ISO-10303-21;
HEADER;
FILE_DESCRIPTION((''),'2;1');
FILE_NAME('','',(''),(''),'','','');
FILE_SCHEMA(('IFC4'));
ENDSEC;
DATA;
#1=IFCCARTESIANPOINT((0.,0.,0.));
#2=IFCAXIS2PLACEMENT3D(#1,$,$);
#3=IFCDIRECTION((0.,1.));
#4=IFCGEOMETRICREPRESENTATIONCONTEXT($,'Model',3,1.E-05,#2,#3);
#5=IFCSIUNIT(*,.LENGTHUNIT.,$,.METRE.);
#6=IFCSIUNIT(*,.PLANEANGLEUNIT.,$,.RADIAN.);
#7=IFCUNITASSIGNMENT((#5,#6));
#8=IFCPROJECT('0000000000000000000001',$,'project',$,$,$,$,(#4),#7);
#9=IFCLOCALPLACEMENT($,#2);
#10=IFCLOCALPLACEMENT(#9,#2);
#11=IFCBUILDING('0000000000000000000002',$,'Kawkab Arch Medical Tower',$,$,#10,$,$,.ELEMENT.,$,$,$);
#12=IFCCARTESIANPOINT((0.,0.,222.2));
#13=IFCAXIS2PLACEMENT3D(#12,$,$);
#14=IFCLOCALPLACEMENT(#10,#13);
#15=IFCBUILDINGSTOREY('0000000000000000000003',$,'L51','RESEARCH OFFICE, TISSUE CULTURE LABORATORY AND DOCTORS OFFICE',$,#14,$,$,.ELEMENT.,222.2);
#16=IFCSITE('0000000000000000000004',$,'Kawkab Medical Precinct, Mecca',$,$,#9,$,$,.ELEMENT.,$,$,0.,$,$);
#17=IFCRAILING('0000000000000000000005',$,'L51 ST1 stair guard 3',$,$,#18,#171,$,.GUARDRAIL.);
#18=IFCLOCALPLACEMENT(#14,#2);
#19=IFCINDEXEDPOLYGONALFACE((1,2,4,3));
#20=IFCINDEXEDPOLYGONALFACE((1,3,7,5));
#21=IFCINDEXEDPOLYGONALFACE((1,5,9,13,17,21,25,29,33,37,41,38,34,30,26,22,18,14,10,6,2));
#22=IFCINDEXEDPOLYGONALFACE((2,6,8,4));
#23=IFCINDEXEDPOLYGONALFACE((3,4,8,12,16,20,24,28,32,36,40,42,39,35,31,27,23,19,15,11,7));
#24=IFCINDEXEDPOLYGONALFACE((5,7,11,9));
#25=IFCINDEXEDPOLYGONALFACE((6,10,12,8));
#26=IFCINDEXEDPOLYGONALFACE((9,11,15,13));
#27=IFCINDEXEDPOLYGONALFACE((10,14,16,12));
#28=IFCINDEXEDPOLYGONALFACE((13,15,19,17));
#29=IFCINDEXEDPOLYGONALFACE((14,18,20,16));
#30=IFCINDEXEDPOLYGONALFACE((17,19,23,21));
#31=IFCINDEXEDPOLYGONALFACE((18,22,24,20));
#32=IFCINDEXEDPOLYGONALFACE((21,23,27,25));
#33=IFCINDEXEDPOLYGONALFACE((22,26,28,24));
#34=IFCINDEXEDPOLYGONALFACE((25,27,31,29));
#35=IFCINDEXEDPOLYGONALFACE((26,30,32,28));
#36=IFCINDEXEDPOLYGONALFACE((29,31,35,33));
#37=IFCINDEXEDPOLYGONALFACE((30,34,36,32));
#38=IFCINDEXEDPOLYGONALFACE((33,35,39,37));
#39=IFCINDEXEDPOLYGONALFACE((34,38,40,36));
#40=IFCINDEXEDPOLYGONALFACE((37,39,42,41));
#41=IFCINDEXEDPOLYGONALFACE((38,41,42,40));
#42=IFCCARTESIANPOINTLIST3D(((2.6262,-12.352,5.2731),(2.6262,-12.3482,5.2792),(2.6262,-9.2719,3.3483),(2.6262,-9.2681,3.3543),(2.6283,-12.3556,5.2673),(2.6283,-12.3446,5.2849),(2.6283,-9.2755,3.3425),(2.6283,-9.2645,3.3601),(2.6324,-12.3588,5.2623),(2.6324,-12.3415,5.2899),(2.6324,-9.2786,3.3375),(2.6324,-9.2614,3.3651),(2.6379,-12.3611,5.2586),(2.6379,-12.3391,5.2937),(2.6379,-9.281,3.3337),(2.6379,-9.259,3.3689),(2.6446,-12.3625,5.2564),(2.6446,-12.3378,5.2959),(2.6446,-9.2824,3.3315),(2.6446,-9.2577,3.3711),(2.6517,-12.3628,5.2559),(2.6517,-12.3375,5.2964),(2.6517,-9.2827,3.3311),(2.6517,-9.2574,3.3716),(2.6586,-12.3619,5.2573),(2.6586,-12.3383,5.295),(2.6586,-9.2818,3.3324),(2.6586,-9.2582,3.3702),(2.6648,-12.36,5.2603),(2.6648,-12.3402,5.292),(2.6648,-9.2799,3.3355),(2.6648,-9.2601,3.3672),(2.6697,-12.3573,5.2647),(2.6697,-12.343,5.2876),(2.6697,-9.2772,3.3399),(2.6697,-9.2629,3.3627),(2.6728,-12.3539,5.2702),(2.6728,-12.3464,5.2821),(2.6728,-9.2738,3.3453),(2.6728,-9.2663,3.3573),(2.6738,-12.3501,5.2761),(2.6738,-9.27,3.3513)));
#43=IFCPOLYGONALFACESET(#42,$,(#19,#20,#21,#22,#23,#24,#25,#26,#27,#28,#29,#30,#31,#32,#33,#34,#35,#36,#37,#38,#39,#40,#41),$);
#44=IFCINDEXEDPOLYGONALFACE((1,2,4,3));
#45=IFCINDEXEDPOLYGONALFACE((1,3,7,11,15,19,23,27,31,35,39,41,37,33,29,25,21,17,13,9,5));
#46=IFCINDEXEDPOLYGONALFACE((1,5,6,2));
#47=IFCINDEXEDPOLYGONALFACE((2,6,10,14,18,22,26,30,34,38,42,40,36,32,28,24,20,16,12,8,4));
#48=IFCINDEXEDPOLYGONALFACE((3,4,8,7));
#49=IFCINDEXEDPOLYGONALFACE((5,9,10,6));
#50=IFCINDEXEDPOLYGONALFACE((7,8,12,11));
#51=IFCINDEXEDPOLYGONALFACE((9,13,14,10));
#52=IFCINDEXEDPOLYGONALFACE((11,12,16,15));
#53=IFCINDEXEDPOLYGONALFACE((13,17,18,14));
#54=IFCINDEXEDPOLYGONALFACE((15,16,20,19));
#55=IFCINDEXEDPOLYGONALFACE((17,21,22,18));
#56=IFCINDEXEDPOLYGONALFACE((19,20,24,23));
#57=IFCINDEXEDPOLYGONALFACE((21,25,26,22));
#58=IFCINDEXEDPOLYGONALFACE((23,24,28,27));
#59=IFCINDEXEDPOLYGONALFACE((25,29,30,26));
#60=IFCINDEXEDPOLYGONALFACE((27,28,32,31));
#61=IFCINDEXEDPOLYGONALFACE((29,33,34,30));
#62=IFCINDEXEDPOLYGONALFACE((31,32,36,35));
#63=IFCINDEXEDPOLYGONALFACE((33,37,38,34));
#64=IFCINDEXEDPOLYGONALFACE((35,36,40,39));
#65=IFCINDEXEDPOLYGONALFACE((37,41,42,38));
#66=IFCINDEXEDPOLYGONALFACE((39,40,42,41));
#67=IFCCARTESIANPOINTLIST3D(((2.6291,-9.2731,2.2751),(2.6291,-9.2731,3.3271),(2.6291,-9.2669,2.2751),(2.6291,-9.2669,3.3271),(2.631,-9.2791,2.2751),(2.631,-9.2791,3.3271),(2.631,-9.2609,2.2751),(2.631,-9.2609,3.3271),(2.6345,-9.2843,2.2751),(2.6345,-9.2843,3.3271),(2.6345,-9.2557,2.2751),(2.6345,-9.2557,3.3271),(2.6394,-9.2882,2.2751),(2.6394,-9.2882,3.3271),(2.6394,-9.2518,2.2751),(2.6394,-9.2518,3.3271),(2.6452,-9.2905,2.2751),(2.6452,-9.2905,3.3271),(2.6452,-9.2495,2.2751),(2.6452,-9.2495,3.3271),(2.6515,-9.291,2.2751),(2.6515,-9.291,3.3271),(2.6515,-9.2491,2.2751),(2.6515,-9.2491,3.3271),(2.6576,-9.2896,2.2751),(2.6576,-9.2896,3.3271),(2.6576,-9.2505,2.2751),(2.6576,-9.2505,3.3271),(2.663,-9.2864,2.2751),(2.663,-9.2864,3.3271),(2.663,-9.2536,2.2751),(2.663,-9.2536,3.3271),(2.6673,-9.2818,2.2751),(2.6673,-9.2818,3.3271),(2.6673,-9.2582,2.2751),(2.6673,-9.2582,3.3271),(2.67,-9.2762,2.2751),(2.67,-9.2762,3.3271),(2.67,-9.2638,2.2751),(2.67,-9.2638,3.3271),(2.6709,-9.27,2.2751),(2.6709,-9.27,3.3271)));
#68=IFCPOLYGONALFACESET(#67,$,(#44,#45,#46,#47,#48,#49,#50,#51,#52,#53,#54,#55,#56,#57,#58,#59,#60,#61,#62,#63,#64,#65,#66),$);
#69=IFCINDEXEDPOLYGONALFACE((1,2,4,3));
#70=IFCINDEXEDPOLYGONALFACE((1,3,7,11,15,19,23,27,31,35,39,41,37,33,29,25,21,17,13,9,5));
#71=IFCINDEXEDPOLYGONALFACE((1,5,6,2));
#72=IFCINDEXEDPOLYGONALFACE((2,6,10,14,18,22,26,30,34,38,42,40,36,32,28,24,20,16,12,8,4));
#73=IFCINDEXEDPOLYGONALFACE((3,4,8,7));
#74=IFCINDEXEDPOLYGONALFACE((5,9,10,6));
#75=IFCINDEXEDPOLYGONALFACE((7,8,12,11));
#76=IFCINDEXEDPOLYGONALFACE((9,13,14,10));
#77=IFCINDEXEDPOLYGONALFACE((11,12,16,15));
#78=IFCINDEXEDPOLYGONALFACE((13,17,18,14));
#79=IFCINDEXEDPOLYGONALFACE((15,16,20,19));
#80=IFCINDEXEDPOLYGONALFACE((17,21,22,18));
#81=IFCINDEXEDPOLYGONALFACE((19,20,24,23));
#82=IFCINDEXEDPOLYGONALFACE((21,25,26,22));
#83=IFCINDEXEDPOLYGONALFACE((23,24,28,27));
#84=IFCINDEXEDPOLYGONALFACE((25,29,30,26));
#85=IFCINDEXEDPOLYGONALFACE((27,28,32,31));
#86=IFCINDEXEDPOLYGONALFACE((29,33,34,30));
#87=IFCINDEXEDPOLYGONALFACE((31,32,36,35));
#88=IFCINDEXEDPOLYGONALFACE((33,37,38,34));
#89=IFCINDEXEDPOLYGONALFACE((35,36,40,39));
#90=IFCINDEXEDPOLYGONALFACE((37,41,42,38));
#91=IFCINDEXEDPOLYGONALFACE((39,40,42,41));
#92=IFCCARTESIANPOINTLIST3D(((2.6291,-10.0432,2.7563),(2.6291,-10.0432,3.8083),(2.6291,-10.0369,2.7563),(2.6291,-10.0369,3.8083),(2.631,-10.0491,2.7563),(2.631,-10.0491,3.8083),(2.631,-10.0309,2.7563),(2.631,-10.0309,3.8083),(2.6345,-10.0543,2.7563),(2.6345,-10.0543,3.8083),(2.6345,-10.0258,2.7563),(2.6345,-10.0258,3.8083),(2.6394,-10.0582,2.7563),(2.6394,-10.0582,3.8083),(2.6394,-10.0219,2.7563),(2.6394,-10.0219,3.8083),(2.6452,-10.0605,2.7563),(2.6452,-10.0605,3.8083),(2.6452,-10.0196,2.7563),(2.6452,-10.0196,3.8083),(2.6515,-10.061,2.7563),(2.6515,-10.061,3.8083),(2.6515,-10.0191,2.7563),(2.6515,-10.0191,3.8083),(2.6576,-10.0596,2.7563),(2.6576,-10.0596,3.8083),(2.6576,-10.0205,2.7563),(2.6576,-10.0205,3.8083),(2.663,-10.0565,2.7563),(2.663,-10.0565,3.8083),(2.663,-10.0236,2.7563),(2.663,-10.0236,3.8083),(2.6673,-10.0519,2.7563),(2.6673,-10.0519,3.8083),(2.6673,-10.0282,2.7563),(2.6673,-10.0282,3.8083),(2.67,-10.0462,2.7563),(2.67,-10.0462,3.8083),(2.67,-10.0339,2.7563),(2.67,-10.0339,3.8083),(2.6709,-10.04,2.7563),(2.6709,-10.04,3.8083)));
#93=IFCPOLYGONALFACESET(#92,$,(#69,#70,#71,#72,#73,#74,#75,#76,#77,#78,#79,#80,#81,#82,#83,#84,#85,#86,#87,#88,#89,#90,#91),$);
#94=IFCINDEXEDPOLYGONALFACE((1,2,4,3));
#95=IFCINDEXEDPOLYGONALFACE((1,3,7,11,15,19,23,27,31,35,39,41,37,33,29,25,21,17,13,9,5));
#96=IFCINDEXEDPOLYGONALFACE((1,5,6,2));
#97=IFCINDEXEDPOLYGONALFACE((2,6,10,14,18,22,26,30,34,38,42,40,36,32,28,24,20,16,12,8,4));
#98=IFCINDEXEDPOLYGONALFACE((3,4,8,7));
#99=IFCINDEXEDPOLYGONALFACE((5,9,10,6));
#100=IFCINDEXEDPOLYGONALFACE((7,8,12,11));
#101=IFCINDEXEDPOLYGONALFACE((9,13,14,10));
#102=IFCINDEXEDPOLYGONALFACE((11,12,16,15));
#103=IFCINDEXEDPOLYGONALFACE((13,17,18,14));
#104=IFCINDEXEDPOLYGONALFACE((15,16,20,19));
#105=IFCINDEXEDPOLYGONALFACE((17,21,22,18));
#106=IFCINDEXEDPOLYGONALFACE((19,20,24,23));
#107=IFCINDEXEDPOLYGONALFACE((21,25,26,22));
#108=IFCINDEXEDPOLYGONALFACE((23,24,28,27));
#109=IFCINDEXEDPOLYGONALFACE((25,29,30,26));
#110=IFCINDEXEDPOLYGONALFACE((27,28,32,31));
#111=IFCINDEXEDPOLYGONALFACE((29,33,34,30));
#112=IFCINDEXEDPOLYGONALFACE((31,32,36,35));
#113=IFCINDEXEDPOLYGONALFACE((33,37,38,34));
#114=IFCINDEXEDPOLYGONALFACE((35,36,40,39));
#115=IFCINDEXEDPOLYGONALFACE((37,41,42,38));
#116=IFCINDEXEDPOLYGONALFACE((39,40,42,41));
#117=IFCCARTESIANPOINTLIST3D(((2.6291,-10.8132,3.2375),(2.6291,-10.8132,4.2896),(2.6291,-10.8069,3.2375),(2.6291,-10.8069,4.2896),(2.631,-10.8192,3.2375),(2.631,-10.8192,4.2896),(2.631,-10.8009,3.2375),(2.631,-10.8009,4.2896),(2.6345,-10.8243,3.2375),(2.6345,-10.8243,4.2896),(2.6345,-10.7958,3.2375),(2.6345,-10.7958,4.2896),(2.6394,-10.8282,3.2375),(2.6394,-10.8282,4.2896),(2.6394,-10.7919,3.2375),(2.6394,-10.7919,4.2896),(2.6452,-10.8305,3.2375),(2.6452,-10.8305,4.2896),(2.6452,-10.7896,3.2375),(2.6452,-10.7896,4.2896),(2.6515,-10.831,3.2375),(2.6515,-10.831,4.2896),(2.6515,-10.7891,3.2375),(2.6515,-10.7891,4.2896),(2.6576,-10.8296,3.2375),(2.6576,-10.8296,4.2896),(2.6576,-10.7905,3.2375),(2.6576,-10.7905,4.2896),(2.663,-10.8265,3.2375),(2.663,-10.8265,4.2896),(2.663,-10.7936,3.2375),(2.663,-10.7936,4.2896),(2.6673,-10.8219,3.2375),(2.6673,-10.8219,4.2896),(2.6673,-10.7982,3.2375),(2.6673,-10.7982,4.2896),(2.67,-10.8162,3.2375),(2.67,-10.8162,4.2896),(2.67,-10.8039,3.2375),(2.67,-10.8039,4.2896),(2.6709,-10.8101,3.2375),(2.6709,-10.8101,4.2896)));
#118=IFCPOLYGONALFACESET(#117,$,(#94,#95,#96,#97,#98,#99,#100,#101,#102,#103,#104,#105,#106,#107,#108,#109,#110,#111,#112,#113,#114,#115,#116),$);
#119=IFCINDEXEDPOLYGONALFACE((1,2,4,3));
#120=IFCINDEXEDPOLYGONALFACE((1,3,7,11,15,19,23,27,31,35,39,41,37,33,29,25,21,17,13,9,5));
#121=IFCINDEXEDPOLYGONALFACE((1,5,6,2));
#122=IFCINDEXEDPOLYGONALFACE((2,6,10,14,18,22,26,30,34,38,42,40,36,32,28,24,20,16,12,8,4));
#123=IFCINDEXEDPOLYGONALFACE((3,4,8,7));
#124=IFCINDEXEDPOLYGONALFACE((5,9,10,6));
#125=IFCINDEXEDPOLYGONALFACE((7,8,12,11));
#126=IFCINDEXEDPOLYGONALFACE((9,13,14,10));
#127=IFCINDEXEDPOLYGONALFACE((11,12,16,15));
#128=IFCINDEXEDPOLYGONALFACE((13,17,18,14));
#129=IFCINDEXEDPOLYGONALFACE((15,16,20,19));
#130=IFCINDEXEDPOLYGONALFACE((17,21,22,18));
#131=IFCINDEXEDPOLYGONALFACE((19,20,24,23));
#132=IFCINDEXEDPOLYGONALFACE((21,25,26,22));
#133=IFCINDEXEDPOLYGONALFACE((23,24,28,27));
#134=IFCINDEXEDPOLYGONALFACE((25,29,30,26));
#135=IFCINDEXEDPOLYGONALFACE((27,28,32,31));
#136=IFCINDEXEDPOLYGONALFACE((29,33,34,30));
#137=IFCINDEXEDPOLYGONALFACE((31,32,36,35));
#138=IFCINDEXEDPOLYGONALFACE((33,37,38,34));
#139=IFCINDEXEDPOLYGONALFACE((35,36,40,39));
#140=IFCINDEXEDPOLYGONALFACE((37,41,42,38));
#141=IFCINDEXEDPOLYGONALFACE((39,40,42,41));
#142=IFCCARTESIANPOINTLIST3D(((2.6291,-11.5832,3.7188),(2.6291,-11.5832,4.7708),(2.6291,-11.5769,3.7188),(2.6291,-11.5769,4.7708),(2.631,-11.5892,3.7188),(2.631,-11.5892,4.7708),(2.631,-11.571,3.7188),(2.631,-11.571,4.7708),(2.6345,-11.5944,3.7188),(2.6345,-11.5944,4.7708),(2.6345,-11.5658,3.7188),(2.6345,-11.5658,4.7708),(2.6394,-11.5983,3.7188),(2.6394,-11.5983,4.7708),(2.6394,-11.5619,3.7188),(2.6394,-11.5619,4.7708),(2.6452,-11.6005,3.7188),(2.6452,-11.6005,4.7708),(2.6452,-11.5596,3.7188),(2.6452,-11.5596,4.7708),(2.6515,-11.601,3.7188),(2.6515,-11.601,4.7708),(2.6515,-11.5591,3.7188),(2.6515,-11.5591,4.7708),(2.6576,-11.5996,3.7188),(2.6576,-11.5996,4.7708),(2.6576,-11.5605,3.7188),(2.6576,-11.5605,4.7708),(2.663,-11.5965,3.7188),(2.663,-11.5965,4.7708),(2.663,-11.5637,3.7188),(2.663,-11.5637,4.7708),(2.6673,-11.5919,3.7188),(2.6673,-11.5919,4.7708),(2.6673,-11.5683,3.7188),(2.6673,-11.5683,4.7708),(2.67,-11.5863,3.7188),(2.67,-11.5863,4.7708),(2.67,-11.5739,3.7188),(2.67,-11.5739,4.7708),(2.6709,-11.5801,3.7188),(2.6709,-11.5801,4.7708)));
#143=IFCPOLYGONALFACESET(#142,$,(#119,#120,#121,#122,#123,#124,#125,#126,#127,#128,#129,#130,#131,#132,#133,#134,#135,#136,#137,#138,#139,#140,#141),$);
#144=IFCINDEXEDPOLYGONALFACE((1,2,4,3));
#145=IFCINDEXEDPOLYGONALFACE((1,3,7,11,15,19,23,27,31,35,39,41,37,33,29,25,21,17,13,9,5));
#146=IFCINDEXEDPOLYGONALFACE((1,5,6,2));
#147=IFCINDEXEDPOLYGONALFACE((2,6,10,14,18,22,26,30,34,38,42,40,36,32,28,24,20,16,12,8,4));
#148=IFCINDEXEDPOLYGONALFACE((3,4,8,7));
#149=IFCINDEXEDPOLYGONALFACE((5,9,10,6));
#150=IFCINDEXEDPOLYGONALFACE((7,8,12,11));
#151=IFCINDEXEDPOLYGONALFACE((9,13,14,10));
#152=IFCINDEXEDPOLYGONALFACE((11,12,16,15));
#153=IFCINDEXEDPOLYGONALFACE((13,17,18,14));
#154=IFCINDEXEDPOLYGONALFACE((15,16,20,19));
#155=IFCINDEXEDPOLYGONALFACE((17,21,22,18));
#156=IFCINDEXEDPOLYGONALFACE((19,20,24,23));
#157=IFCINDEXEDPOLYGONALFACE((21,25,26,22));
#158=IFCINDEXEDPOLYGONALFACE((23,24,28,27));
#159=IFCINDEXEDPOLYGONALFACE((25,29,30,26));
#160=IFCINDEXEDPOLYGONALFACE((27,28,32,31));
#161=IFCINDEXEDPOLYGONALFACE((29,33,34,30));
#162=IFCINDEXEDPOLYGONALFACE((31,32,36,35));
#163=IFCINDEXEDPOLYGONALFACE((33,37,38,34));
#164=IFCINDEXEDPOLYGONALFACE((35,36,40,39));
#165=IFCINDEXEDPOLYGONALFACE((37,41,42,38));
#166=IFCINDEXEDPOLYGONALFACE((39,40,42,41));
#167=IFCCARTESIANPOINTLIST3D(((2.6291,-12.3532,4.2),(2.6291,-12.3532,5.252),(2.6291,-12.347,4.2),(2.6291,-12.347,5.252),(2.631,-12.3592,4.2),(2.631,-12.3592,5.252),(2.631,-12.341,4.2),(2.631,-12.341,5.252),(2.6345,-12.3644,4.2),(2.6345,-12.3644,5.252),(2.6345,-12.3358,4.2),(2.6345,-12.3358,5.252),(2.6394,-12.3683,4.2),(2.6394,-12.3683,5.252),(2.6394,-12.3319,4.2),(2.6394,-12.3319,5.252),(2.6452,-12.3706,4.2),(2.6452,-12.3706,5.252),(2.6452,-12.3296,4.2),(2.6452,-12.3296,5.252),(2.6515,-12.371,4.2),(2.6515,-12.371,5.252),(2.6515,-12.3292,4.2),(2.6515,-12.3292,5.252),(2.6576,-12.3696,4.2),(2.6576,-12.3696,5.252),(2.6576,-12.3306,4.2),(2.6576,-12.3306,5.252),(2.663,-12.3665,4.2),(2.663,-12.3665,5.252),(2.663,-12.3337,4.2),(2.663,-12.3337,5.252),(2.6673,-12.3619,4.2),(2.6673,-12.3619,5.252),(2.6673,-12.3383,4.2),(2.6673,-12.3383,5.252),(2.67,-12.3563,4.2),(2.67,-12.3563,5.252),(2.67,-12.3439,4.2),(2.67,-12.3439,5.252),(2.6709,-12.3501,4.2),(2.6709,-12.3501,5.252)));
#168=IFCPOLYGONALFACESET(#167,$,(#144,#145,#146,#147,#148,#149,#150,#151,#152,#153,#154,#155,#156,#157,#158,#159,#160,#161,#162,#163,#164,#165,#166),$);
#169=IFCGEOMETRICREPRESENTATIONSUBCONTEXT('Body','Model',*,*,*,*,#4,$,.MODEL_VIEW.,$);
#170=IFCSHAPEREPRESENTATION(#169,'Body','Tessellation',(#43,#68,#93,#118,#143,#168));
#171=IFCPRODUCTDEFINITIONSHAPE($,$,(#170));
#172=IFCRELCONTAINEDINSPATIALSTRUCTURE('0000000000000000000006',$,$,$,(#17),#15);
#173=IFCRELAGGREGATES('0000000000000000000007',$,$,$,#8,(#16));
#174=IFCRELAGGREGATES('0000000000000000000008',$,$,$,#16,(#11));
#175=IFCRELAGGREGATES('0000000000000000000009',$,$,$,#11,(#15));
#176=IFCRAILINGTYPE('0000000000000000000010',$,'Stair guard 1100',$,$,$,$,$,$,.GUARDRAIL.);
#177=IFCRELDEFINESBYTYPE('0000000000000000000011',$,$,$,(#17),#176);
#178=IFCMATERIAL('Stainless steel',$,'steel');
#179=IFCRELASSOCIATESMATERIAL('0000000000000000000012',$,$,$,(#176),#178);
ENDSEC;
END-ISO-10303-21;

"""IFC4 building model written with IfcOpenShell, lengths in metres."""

from ifc_helpers import new_model, si_unit, direction, frame, origin, origin_2d, place, context, subcontext, project, spatial, circle, extrude, material, type_object, element, save


model = new_model("IFC4")

# Units and contexts
model_context = context("Model", 3, precision=1e-05, world=origin(), true_north=direction((0.0, 1.0)))
body_context = subcontext(model_context, "Body", "Model", "MODEL_VIEW")
ifc_project = project(units=[si_unit("LENGTHUNIT", "METRE"), si_unit("PLANEANGLEUNIT", "RADIAN")], contexts=[model_context])

# Site, building, storey
site_placement = place(None, origin())
site = spatial("IfcSite", under=ifc_project, at=site_placement, Name="Kawkab Medical Precinct, Mecca", CompositionType="ELEMENT", RefElevation=0.0)
building_placement = place(site_placement, origin())
building = spatial("IfcBuilding", under=site, at=building_placement, Name="Kawkab Arch Medical Tower", CompositionType="ELEMENT")
storey_placement = place(building_placement, frame((0.0, 0.0, 222.2)))
storey = spatial("IfcBuildingStorey", under=building, at=storey_placement, Name="L51", Description="RESEARCH OFFICE, TISSUE CULTURE LABORATORY AND DOCTORS OFFICE", CompositionType="ELEMENT", Elevation=222.2)

# Railing
ifc_material_1 = material(Name="Stainless steel", Category="steel")
railing_type_1 = type_object("IfcRailingType", Name="Stair guard 1100", PredefinedType="GUARDRAIL", material=ifc_material_1)
railing_1_placement = place(storey_placement, frame((2.6499, -9.27, 2.2751)))
element("IfcRailing", 1, at=railing_1_placement, inside=storey, type_object=railing_type_1, Name="L51 ST1 stair guard 3", PredefinedType="GUARDRAIL", context=body_context, shape_type="SweptSolid", body=[
    extrude(circle(Radius=0.0239, at=origin_2d()), frame((0.0, 0.0, 1.0762), z_axis=(0.0, -0.848029, 0.529951), x_axis=(1.0, 0.0, 0.0)), (0.0, 0.0, 1.0), 3.6321),
    extrude(circle(Radius=0.021, at=origin_2d()), origin(), (0.0, 0.0, 1.0), 1.052),
    extrude(circle(Radius=0.021, at=origin_2d()), frame((0.0, -0.77, 0.4812)), (0.0, 0.0, 1.0), 1.052),
    extrude(circle(Radius=0.021, at=origin_2d()), frame((0.0, -1.54, 0.9624)), (0.0, 0.0, 1.0), 1.052),
    extrude(circle(Radius=0.021, at=origin_2d()), frame((0.0, -2.3101, 1.4436)), (0.0, 0.0, 1.0), 1.052),
    extrude(circle(Radius=0.021, at=origin_2d()), frame((0.0, -3.0801, 1.9248)), (0.0, 0.0, 1.0), 1.052),
])

save(model, "model.ifc")
